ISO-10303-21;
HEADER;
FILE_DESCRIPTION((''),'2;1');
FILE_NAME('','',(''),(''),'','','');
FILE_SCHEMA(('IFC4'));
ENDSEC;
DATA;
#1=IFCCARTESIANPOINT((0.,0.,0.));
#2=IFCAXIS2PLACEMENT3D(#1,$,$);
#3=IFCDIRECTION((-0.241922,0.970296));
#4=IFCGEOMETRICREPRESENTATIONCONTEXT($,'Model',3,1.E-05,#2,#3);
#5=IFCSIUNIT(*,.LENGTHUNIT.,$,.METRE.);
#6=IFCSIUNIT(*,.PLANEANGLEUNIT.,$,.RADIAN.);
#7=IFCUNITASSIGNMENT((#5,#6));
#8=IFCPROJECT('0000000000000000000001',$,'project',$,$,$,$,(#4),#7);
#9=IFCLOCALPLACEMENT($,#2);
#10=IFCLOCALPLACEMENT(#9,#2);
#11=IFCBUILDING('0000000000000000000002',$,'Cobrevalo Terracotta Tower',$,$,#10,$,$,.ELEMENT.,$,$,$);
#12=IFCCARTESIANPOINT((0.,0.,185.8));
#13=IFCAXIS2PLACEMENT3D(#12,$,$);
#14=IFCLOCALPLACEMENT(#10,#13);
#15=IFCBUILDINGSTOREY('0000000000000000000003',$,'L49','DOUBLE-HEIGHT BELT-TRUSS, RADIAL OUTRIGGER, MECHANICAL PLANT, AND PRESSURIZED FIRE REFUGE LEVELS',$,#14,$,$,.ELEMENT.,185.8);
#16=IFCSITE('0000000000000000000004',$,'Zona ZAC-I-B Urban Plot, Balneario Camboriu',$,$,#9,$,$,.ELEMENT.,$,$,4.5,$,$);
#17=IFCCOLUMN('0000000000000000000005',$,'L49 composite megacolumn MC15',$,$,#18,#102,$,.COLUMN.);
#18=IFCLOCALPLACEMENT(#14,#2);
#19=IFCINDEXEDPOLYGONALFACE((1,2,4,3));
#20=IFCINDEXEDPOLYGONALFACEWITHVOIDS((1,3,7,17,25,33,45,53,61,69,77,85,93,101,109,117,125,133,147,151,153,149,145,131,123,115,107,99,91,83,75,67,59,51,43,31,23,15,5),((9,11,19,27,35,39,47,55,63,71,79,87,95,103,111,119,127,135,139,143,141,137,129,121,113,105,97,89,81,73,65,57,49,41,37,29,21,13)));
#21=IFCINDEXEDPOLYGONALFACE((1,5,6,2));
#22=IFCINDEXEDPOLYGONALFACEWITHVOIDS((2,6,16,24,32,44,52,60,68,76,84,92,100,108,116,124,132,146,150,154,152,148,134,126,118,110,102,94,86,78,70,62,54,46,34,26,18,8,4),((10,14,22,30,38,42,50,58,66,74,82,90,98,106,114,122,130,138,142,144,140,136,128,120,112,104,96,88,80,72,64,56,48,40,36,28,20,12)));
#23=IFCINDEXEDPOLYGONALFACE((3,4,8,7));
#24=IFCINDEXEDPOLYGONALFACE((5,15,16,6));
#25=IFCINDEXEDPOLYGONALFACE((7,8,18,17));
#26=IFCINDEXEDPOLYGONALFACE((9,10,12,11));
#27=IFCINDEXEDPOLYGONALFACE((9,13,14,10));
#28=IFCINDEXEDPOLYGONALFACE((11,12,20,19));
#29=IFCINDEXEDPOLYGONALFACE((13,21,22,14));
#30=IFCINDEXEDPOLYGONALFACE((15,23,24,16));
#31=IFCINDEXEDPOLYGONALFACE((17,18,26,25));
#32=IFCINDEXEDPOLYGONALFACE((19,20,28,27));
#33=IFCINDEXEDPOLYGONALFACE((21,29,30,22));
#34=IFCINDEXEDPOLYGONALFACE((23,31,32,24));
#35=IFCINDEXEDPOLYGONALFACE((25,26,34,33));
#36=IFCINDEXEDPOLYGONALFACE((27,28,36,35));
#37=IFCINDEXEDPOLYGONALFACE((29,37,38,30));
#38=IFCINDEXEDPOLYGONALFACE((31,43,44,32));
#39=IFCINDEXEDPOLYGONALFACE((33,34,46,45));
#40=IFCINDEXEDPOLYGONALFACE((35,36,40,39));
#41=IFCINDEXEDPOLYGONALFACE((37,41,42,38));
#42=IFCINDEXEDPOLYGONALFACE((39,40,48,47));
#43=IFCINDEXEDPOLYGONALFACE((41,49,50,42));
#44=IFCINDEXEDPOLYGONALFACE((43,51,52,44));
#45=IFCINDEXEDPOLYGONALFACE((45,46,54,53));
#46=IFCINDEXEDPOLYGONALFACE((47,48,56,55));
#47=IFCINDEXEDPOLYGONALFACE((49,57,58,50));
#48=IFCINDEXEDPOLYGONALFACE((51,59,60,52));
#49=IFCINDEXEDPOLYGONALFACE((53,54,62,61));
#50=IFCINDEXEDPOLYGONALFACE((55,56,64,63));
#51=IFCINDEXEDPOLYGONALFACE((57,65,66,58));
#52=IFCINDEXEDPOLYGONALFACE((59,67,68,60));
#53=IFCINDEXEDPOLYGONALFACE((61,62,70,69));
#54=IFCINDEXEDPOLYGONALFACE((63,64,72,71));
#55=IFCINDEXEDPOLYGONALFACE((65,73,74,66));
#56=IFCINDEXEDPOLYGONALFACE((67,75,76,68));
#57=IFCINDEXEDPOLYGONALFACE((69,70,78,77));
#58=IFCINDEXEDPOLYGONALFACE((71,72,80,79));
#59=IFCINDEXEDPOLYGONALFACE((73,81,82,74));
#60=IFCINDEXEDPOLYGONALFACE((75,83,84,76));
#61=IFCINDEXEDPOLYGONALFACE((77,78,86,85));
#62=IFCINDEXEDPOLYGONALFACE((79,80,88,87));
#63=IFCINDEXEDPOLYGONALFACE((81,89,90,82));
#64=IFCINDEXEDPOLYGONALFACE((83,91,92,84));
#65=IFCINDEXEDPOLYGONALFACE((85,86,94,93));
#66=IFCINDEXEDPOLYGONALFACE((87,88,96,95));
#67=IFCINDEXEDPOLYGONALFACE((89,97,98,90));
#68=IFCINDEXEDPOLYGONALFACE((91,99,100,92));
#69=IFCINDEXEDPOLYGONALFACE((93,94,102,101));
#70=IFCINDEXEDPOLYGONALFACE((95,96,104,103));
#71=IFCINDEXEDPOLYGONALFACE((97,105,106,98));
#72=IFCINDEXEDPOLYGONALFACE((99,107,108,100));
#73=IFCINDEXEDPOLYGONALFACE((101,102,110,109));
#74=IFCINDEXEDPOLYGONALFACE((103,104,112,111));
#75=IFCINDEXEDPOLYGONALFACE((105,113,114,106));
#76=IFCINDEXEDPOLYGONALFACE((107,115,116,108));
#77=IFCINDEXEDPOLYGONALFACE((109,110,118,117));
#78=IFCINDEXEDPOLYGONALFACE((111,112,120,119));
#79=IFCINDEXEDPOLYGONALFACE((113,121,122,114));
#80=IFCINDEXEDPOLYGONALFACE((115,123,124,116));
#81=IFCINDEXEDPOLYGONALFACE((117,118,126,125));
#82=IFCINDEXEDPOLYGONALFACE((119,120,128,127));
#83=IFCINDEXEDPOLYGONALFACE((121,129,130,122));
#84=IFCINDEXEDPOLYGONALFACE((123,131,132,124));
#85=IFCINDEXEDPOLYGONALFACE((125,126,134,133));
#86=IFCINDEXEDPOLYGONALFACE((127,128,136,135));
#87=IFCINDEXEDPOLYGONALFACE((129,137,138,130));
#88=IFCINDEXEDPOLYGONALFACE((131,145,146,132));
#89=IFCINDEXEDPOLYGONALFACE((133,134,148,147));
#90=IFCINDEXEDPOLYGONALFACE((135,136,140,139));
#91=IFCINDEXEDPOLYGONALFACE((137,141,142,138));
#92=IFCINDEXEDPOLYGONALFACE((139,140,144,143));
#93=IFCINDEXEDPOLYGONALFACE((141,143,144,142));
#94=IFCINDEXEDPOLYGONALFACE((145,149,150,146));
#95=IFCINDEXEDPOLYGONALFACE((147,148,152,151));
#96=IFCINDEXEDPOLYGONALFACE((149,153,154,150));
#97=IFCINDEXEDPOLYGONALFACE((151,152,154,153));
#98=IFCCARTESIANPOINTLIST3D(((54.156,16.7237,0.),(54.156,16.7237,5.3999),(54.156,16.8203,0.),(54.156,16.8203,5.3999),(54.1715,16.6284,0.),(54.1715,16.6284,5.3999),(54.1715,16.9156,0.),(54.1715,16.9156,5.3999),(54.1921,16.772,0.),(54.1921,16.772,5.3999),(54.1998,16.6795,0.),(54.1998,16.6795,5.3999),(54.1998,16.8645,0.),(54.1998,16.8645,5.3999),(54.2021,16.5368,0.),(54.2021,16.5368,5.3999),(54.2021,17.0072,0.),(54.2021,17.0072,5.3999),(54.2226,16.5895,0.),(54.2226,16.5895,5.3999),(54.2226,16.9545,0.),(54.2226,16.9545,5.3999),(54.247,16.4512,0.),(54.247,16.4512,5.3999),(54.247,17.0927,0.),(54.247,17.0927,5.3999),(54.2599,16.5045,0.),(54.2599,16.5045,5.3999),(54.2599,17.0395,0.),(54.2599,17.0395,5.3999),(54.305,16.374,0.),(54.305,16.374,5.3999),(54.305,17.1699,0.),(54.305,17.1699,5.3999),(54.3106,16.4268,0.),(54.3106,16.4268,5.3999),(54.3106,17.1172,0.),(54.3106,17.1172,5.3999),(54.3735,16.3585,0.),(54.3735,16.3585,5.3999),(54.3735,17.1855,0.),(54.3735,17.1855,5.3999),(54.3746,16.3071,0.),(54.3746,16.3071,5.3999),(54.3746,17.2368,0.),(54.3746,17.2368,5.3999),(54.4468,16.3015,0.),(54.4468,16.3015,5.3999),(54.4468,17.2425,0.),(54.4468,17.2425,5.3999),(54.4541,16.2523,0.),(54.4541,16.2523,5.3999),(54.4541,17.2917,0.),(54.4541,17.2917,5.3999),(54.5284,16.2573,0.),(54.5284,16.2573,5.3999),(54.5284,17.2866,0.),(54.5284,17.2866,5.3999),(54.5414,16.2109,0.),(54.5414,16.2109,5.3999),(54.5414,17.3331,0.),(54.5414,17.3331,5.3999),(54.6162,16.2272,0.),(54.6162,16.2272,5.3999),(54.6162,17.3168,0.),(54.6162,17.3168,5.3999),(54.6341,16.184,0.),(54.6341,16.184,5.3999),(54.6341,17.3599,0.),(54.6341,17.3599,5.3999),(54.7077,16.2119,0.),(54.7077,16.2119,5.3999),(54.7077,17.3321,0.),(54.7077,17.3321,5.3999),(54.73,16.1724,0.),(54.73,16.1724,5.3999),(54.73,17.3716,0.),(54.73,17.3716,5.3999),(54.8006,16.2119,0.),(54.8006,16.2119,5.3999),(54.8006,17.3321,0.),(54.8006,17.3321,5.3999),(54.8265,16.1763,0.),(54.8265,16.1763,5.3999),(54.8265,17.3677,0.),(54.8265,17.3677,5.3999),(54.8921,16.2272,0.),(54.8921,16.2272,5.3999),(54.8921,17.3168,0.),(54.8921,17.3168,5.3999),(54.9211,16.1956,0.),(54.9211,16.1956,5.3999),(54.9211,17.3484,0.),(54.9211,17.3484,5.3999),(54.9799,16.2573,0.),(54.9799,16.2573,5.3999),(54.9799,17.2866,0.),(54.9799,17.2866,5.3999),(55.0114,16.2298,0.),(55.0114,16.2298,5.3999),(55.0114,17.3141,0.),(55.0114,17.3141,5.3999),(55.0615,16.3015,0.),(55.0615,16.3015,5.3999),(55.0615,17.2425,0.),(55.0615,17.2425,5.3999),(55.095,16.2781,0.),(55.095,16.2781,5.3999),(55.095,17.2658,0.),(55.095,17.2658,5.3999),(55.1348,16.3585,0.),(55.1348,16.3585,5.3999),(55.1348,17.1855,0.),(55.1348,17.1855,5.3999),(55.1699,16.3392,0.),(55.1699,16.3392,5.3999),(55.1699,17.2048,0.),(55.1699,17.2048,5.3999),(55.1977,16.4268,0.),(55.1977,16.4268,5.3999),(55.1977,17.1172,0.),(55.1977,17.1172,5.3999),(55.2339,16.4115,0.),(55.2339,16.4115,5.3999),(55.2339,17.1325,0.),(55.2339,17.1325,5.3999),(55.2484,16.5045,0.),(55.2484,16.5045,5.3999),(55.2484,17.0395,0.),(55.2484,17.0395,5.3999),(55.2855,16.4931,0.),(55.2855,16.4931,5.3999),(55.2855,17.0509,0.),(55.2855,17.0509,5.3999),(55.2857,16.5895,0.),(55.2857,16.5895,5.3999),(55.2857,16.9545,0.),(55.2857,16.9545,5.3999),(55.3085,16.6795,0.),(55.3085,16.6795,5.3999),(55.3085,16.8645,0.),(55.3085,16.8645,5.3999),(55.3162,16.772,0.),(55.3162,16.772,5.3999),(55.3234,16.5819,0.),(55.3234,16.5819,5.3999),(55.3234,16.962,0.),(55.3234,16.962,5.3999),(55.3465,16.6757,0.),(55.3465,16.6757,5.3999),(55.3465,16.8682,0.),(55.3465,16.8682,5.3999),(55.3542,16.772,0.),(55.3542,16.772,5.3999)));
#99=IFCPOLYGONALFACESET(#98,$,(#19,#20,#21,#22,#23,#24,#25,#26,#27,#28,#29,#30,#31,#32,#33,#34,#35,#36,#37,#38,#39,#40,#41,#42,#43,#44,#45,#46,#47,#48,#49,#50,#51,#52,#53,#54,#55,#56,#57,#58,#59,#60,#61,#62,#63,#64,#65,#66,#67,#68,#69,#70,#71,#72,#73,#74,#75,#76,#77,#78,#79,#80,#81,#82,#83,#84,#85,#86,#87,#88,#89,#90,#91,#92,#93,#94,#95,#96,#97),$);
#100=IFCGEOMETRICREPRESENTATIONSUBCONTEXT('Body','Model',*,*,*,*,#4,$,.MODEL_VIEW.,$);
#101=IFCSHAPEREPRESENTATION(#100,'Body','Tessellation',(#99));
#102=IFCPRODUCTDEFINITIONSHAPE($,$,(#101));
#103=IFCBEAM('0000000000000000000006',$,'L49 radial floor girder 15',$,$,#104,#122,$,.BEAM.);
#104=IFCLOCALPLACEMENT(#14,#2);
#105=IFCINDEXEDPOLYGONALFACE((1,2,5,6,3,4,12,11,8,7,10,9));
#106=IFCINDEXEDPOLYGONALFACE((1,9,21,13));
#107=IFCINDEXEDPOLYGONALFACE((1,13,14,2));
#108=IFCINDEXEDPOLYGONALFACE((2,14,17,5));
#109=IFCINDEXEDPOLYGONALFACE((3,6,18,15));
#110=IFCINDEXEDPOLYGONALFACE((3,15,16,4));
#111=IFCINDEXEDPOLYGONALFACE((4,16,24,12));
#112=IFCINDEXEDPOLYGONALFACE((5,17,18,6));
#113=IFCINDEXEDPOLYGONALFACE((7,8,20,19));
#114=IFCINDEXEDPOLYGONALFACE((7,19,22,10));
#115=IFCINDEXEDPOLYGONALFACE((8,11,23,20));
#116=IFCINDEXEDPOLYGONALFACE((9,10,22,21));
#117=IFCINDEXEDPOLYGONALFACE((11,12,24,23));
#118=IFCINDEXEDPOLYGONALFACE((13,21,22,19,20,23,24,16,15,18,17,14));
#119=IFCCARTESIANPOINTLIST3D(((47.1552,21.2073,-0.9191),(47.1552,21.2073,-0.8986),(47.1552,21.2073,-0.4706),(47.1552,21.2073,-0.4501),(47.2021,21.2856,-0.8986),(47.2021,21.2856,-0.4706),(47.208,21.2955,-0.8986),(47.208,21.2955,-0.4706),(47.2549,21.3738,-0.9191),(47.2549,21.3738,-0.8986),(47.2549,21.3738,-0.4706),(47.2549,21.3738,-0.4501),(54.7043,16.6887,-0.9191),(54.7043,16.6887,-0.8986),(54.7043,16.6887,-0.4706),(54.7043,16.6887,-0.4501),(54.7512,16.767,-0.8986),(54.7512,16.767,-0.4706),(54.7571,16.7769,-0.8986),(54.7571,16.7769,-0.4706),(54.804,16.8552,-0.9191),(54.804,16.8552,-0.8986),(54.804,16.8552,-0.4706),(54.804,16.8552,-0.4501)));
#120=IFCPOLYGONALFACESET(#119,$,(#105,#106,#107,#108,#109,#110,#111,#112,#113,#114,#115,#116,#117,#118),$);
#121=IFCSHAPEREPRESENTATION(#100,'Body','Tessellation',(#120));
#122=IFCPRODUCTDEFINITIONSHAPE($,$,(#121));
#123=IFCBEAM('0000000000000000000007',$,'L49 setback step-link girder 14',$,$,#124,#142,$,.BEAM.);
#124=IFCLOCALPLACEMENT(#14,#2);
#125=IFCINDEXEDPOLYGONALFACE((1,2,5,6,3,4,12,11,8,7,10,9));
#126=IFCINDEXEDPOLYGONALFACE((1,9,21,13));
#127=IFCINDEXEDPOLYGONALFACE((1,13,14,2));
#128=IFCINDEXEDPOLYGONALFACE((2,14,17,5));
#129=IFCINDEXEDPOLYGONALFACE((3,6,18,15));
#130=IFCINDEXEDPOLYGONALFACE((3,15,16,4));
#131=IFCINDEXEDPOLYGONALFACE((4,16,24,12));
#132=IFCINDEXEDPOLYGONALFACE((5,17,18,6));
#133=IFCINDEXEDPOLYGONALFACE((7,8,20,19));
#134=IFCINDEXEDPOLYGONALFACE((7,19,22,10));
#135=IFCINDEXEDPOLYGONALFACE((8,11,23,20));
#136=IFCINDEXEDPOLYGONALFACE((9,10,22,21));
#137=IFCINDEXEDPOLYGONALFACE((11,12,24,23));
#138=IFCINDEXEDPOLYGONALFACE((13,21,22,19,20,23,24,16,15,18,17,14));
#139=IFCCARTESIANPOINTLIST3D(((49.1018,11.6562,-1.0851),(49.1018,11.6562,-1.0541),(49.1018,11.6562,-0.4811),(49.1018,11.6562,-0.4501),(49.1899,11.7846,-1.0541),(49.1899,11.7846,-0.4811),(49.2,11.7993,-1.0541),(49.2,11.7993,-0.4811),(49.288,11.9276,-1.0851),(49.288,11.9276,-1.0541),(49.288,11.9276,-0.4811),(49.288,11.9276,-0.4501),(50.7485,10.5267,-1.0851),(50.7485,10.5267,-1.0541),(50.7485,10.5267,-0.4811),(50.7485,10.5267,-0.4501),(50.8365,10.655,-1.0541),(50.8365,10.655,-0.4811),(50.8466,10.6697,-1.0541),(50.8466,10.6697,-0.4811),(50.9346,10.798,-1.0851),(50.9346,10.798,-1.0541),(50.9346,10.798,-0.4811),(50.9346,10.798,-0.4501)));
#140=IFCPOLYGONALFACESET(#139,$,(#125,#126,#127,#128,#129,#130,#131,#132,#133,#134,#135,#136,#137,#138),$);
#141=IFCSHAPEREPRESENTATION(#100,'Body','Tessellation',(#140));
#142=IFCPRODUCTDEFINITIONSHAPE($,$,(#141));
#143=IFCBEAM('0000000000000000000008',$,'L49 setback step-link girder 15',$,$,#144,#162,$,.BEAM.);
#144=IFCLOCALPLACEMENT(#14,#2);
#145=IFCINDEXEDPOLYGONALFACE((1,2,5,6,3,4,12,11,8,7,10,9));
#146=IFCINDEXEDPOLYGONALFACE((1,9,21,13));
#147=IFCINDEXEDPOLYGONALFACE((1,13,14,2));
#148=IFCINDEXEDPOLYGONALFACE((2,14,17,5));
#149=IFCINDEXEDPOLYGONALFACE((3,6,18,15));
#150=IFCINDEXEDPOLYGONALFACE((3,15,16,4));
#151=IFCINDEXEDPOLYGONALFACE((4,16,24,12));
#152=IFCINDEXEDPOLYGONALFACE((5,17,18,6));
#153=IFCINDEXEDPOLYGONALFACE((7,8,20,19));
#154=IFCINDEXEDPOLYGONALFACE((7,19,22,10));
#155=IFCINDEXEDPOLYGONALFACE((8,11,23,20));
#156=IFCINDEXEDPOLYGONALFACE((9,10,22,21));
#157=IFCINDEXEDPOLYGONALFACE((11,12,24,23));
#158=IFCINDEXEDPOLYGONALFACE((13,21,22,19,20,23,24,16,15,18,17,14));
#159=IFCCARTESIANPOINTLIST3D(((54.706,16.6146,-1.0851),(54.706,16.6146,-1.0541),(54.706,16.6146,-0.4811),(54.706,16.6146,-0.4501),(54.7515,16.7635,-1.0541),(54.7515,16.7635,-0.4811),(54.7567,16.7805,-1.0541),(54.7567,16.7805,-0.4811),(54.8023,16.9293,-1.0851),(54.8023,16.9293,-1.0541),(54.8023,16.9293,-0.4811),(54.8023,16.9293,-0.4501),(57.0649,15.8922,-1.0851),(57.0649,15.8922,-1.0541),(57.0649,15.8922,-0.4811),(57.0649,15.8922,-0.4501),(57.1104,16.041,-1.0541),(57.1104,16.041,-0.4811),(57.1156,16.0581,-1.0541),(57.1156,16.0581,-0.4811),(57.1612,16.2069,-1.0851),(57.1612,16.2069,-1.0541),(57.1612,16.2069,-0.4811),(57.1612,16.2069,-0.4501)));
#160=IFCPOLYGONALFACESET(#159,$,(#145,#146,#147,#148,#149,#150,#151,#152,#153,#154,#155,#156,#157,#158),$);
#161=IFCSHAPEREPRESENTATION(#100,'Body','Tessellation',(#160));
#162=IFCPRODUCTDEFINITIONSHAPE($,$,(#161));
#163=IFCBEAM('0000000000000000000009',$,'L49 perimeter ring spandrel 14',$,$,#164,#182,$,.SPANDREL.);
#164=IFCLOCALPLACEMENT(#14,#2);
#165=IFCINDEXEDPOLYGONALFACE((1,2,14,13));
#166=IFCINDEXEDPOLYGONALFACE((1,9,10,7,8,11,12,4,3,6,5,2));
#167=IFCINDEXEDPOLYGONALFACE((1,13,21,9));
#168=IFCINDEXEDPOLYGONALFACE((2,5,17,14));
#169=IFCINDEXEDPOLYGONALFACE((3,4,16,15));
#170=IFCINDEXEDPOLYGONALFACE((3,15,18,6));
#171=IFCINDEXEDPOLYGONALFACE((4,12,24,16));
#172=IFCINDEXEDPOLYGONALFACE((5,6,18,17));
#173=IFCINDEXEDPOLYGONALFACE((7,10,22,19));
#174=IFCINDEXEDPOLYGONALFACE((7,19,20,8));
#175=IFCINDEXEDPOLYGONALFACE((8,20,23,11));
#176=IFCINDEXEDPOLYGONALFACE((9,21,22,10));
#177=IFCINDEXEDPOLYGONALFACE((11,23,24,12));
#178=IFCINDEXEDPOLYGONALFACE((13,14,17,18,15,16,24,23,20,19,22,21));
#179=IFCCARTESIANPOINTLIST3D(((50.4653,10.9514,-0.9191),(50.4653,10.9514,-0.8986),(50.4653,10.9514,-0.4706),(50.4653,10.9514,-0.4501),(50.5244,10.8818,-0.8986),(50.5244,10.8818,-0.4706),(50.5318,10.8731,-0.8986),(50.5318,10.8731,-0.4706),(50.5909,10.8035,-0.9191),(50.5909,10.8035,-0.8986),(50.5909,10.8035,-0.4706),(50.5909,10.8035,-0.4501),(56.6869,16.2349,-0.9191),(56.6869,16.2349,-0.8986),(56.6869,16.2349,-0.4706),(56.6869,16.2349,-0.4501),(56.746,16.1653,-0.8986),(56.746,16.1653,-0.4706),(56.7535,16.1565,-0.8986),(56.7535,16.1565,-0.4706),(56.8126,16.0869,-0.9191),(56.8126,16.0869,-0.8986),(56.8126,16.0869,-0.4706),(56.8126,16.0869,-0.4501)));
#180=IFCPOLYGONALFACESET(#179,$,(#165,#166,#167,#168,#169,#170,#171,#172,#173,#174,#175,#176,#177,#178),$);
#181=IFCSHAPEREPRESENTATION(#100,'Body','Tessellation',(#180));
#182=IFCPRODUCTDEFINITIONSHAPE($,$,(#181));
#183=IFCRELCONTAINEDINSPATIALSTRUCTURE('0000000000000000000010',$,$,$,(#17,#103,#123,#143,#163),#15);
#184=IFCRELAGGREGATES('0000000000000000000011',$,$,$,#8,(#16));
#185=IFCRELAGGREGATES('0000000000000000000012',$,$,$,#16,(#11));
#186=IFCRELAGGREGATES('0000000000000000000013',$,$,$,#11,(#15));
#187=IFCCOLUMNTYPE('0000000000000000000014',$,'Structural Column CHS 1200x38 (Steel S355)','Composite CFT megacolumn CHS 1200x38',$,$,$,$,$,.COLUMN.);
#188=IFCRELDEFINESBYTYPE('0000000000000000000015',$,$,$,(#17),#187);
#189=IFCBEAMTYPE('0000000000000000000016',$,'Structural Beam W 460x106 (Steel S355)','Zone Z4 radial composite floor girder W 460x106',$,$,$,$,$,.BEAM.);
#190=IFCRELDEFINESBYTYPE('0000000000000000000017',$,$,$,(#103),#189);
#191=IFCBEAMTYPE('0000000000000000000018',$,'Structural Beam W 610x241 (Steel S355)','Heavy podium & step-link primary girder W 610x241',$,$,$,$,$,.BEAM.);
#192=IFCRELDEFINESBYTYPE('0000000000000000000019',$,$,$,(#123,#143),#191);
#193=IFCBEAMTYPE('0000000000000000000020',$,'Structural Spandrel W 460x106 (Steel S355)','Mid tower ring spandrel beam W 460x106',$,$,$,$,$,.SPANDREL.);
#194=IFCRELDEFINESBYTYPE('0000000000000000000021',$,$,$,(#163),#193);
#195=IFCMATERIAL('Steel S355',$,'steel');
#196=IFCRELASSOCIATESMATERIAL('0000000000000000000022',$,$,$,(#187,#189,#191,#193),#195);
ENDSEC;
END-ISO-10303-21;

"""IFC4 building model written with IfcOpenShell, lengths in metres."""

from ifc_helpers import new_model, si_unit, direction, frame, origin, origin_2d, place, context, subcontext, project, spatial, hollow_circle, i_section, extrude, material, material_profile, profile_set, type_object, element, save


model = new_model("IFC4")

# Units and contexts
model_context = context("Model", 3, precision=1e-05, world=origin(), true_north=direction((-0.241922, 0.970296)))
body_context = subcontext(model_context, "Body", "Model", "MODEL_VIEW")
ifc_project = project(units=[si_unit("LENGTHUNIT", "METRE"), si_unit("PLANEANGLEUNIT", "RADIAN")], contexts=[model_context])

# Site, building, storey
site_placement = place(None, origin())
site = spatial("IfcSite", under=ifc_project, at=site_placement, Name="Zona ZAC-I-B Urban Plot, Balneario Camboriu", CompositionType="ELEMENT", RefElevation=4.5)
building_placement = place(site_placement, origin())
building = spatial("IfcBuilding", under=site, at=building_placement, Name="Cobrevalo Terracotta Tower", CompositionType="ELEMENT")
storey_placement = place(building_placement, frame((0.0, 0.0, 185.8)))
storey = spatial("IfcBuildingStorey", under=building, at=storey_placement, Name="L49", Description="DOUBLE-HEIGHT BELT-TRUSS, RADIAL OUTRIGGER, MECHANICAL PLANT, AND PRESSURIZED FIRE REFUGE LEVELS", CompositionType="ELEMENT", Elevation=185.8)

# Column
ifc_material_1 = material(Name="Steel S355", Category="steel")
ifc_material_profile_1 = material_profile(ifc_material_1, hollow_circle(Radius=0.6001, WallThickness=0.0381, at=origin_2d()), Name="CHS 1200x38")
ifc_profile_set_1 = profile_set([ifc_material_profile_1], Name="Steel S355")
column_type = type_object("IfcColumnType", Name="Structural Column CHS 1200x38 (Steel S355)", Description="Composite CFT megacolumn CHS 1200x38", PredefinedType="COLUMN", material=ifc_profile_set_1)
column_placement = place(storey_placement, frame((54.7542, 16.772, 0.0), z_axis=(0.0, 0.0, 1.0), x_axis=(1.0, 0.0, 0.0)))
element("IfcColumn", 1, at=column_placement, inside=storey, type_object=column_type, Name="L49 composite megacolumn MC15", PredefinedType="COLUMN", context=body_context, shape_type="SweptSolid", body=[
    extrude(hollow_circle(Radius=0.6001, WallThickness=0.0381, at=origin_2d()), origin(), (0.0, 0.0, 1.0), 5.3999),
])

# Beams
ifc_material_profile_2 = material_profile(ifc_material_1, i_section(OverallWidth=0.1941, OverallDepth=0.469, WebThickness=0.0115, FlangeThickness=0.0205, at=origin_2d()), Name="W 460x106")
ifc_profile_set_2 = profile_set([ifc_material_profile_2], Name="Steel S355")
beam_type_1 = type_object("IfcBeamType", Name="Structural Beam W 460x106 (Steel S355)", Description="Zone Z4 radial composite floor girder W 460x106", PredefinedType="BEAM", material=ifc_profile_set_2)
beam_1_placement = place(storey_placement, frame((54.7542, 16.772, -0.6846), z_axis=(-0.858038, 0.513585, 0.0), x_axis=(-0.513585, -0.858038, 0.0)))
element("IfcBeam", 2, at=beam_1_placement, inside=storey, type_object=beam_type_1, Name="L49 radial floor girder 15", PredefinedType="BEAM", context=body_context, shape_type="SweptSolid", body=[
    extrude(i_section(OverallWidth=0.1941, OverallDepth=0.469, WebThickness=0.0115, FlangeThickness=0.0205, at=origin_2d()), origin(), (0.0, 0.0, 1.0), 8.7981),
])
ifc_material_profile_3 = material_profile(ifc_material_1, i_section(OverallWidth=0.3291, OverallDepth=0.635, WebThickness=0.0178, FlangeThickness=0.031, at=origin_2d()), Name="W 610x241")
ifc_profile_set_3 = profile_set([ifc_material_profile_3], Name="Steel S355")
beam_type_2 = type_object("IfcBeamType", Name="Structural Beam W 610x241 (Steel S355)", Description="Heavy podium & step-link primary girder W 610x241", PredefinedType="BEAM", material=ifc_profile_set_3)
beam_2_placement = place(storey_placement, frame((50.8416, 10.6624, -0.7676), z_axis=(-0.824623, 0.565683, 0.0), x_axis=(-0.565683, -0.824623, 0.0)))
element("IfcBeam", 3, at=beam_2_placement, inside=storey, type_object=beam_type_2, Name="L49 setback step-link girder 14", PredefinedType="BEAM", context=body_context, shape_type="SweptSolid", body=[
    extrude(i_section(OverallWidth=0.3291, OverallDepth=0.635, WebThickness=0.0178, FlangeThickness=0.031, at=origin_2d()), origin(), (0.0, 0.0, 1.0), 1.9968),
])
beam_3_placement = place(storey_placement, frame((57.113, 16.0496, -0.7676), z_axis=(-0.956165, 0.292827, 0.0), x_axis=(-0.292827, -0.956165, 0.0)))
element("IfcBeam", 4, at=beam_3_placement, inside=storey, type_object=beam_type_2, Name="L49 setback step-link girder 15", PredefinedType="BEAM", context=body_context, shape_type="SweptSolid", body=[
    extrude(i_section(OverallWidth=0.3291, OverallDepth=0.635, WebThickness=0.0178, FlangeThickness=0.031, at=origin_2d()), origin(), (0.0, 0.0, 1.0), 2.467),
])
ifc_material_profile_4 = material_profile(ifc_material_1, i_section(OverallWidth=0.1941, OverallDepth=0.469, WebThickness=0.0115, FlangeThickness=0.0205, at=origin_2d()), Name="W 460x106")
ifc_profile_set_4 = profile_set([ifc_material_profile_4], Name="Steel S355")
beam_type_3 = type_object("IfcBeamType", Name="Structural Spandrel W 460x106 (Steel S355)", Description="Mid tower ring spandrel beam W 460x106", PredefinedType="SPANDREL", material=ifc_profile_set_4)
beam_4_placement = place(storey_placement, frame((50.5281, 10.8774, -0.6846), z_axis=(0.76224, 0.647294, 0.0), x_axis=(-0.647294, 0.76224, 0.0)))
element("IfcBeam", 5, at=beam_4_placement, inside=storey, type_object=beam_type_3, Name="L49 perimeter ring spandrel 14", PredefinedType="SPANDREL", context=body_context, shape_type="SweptSolid", body=[
    extrude(i_section(OverallWidth=0.1941, OverallDepth=0.469, WebThickness=0.0115, FlangeThickness=0.0205, at=origin_2d()), origin(), (0.0, 0.0, 1.0), 8.1624),
])

save(model, "model.ifc")
